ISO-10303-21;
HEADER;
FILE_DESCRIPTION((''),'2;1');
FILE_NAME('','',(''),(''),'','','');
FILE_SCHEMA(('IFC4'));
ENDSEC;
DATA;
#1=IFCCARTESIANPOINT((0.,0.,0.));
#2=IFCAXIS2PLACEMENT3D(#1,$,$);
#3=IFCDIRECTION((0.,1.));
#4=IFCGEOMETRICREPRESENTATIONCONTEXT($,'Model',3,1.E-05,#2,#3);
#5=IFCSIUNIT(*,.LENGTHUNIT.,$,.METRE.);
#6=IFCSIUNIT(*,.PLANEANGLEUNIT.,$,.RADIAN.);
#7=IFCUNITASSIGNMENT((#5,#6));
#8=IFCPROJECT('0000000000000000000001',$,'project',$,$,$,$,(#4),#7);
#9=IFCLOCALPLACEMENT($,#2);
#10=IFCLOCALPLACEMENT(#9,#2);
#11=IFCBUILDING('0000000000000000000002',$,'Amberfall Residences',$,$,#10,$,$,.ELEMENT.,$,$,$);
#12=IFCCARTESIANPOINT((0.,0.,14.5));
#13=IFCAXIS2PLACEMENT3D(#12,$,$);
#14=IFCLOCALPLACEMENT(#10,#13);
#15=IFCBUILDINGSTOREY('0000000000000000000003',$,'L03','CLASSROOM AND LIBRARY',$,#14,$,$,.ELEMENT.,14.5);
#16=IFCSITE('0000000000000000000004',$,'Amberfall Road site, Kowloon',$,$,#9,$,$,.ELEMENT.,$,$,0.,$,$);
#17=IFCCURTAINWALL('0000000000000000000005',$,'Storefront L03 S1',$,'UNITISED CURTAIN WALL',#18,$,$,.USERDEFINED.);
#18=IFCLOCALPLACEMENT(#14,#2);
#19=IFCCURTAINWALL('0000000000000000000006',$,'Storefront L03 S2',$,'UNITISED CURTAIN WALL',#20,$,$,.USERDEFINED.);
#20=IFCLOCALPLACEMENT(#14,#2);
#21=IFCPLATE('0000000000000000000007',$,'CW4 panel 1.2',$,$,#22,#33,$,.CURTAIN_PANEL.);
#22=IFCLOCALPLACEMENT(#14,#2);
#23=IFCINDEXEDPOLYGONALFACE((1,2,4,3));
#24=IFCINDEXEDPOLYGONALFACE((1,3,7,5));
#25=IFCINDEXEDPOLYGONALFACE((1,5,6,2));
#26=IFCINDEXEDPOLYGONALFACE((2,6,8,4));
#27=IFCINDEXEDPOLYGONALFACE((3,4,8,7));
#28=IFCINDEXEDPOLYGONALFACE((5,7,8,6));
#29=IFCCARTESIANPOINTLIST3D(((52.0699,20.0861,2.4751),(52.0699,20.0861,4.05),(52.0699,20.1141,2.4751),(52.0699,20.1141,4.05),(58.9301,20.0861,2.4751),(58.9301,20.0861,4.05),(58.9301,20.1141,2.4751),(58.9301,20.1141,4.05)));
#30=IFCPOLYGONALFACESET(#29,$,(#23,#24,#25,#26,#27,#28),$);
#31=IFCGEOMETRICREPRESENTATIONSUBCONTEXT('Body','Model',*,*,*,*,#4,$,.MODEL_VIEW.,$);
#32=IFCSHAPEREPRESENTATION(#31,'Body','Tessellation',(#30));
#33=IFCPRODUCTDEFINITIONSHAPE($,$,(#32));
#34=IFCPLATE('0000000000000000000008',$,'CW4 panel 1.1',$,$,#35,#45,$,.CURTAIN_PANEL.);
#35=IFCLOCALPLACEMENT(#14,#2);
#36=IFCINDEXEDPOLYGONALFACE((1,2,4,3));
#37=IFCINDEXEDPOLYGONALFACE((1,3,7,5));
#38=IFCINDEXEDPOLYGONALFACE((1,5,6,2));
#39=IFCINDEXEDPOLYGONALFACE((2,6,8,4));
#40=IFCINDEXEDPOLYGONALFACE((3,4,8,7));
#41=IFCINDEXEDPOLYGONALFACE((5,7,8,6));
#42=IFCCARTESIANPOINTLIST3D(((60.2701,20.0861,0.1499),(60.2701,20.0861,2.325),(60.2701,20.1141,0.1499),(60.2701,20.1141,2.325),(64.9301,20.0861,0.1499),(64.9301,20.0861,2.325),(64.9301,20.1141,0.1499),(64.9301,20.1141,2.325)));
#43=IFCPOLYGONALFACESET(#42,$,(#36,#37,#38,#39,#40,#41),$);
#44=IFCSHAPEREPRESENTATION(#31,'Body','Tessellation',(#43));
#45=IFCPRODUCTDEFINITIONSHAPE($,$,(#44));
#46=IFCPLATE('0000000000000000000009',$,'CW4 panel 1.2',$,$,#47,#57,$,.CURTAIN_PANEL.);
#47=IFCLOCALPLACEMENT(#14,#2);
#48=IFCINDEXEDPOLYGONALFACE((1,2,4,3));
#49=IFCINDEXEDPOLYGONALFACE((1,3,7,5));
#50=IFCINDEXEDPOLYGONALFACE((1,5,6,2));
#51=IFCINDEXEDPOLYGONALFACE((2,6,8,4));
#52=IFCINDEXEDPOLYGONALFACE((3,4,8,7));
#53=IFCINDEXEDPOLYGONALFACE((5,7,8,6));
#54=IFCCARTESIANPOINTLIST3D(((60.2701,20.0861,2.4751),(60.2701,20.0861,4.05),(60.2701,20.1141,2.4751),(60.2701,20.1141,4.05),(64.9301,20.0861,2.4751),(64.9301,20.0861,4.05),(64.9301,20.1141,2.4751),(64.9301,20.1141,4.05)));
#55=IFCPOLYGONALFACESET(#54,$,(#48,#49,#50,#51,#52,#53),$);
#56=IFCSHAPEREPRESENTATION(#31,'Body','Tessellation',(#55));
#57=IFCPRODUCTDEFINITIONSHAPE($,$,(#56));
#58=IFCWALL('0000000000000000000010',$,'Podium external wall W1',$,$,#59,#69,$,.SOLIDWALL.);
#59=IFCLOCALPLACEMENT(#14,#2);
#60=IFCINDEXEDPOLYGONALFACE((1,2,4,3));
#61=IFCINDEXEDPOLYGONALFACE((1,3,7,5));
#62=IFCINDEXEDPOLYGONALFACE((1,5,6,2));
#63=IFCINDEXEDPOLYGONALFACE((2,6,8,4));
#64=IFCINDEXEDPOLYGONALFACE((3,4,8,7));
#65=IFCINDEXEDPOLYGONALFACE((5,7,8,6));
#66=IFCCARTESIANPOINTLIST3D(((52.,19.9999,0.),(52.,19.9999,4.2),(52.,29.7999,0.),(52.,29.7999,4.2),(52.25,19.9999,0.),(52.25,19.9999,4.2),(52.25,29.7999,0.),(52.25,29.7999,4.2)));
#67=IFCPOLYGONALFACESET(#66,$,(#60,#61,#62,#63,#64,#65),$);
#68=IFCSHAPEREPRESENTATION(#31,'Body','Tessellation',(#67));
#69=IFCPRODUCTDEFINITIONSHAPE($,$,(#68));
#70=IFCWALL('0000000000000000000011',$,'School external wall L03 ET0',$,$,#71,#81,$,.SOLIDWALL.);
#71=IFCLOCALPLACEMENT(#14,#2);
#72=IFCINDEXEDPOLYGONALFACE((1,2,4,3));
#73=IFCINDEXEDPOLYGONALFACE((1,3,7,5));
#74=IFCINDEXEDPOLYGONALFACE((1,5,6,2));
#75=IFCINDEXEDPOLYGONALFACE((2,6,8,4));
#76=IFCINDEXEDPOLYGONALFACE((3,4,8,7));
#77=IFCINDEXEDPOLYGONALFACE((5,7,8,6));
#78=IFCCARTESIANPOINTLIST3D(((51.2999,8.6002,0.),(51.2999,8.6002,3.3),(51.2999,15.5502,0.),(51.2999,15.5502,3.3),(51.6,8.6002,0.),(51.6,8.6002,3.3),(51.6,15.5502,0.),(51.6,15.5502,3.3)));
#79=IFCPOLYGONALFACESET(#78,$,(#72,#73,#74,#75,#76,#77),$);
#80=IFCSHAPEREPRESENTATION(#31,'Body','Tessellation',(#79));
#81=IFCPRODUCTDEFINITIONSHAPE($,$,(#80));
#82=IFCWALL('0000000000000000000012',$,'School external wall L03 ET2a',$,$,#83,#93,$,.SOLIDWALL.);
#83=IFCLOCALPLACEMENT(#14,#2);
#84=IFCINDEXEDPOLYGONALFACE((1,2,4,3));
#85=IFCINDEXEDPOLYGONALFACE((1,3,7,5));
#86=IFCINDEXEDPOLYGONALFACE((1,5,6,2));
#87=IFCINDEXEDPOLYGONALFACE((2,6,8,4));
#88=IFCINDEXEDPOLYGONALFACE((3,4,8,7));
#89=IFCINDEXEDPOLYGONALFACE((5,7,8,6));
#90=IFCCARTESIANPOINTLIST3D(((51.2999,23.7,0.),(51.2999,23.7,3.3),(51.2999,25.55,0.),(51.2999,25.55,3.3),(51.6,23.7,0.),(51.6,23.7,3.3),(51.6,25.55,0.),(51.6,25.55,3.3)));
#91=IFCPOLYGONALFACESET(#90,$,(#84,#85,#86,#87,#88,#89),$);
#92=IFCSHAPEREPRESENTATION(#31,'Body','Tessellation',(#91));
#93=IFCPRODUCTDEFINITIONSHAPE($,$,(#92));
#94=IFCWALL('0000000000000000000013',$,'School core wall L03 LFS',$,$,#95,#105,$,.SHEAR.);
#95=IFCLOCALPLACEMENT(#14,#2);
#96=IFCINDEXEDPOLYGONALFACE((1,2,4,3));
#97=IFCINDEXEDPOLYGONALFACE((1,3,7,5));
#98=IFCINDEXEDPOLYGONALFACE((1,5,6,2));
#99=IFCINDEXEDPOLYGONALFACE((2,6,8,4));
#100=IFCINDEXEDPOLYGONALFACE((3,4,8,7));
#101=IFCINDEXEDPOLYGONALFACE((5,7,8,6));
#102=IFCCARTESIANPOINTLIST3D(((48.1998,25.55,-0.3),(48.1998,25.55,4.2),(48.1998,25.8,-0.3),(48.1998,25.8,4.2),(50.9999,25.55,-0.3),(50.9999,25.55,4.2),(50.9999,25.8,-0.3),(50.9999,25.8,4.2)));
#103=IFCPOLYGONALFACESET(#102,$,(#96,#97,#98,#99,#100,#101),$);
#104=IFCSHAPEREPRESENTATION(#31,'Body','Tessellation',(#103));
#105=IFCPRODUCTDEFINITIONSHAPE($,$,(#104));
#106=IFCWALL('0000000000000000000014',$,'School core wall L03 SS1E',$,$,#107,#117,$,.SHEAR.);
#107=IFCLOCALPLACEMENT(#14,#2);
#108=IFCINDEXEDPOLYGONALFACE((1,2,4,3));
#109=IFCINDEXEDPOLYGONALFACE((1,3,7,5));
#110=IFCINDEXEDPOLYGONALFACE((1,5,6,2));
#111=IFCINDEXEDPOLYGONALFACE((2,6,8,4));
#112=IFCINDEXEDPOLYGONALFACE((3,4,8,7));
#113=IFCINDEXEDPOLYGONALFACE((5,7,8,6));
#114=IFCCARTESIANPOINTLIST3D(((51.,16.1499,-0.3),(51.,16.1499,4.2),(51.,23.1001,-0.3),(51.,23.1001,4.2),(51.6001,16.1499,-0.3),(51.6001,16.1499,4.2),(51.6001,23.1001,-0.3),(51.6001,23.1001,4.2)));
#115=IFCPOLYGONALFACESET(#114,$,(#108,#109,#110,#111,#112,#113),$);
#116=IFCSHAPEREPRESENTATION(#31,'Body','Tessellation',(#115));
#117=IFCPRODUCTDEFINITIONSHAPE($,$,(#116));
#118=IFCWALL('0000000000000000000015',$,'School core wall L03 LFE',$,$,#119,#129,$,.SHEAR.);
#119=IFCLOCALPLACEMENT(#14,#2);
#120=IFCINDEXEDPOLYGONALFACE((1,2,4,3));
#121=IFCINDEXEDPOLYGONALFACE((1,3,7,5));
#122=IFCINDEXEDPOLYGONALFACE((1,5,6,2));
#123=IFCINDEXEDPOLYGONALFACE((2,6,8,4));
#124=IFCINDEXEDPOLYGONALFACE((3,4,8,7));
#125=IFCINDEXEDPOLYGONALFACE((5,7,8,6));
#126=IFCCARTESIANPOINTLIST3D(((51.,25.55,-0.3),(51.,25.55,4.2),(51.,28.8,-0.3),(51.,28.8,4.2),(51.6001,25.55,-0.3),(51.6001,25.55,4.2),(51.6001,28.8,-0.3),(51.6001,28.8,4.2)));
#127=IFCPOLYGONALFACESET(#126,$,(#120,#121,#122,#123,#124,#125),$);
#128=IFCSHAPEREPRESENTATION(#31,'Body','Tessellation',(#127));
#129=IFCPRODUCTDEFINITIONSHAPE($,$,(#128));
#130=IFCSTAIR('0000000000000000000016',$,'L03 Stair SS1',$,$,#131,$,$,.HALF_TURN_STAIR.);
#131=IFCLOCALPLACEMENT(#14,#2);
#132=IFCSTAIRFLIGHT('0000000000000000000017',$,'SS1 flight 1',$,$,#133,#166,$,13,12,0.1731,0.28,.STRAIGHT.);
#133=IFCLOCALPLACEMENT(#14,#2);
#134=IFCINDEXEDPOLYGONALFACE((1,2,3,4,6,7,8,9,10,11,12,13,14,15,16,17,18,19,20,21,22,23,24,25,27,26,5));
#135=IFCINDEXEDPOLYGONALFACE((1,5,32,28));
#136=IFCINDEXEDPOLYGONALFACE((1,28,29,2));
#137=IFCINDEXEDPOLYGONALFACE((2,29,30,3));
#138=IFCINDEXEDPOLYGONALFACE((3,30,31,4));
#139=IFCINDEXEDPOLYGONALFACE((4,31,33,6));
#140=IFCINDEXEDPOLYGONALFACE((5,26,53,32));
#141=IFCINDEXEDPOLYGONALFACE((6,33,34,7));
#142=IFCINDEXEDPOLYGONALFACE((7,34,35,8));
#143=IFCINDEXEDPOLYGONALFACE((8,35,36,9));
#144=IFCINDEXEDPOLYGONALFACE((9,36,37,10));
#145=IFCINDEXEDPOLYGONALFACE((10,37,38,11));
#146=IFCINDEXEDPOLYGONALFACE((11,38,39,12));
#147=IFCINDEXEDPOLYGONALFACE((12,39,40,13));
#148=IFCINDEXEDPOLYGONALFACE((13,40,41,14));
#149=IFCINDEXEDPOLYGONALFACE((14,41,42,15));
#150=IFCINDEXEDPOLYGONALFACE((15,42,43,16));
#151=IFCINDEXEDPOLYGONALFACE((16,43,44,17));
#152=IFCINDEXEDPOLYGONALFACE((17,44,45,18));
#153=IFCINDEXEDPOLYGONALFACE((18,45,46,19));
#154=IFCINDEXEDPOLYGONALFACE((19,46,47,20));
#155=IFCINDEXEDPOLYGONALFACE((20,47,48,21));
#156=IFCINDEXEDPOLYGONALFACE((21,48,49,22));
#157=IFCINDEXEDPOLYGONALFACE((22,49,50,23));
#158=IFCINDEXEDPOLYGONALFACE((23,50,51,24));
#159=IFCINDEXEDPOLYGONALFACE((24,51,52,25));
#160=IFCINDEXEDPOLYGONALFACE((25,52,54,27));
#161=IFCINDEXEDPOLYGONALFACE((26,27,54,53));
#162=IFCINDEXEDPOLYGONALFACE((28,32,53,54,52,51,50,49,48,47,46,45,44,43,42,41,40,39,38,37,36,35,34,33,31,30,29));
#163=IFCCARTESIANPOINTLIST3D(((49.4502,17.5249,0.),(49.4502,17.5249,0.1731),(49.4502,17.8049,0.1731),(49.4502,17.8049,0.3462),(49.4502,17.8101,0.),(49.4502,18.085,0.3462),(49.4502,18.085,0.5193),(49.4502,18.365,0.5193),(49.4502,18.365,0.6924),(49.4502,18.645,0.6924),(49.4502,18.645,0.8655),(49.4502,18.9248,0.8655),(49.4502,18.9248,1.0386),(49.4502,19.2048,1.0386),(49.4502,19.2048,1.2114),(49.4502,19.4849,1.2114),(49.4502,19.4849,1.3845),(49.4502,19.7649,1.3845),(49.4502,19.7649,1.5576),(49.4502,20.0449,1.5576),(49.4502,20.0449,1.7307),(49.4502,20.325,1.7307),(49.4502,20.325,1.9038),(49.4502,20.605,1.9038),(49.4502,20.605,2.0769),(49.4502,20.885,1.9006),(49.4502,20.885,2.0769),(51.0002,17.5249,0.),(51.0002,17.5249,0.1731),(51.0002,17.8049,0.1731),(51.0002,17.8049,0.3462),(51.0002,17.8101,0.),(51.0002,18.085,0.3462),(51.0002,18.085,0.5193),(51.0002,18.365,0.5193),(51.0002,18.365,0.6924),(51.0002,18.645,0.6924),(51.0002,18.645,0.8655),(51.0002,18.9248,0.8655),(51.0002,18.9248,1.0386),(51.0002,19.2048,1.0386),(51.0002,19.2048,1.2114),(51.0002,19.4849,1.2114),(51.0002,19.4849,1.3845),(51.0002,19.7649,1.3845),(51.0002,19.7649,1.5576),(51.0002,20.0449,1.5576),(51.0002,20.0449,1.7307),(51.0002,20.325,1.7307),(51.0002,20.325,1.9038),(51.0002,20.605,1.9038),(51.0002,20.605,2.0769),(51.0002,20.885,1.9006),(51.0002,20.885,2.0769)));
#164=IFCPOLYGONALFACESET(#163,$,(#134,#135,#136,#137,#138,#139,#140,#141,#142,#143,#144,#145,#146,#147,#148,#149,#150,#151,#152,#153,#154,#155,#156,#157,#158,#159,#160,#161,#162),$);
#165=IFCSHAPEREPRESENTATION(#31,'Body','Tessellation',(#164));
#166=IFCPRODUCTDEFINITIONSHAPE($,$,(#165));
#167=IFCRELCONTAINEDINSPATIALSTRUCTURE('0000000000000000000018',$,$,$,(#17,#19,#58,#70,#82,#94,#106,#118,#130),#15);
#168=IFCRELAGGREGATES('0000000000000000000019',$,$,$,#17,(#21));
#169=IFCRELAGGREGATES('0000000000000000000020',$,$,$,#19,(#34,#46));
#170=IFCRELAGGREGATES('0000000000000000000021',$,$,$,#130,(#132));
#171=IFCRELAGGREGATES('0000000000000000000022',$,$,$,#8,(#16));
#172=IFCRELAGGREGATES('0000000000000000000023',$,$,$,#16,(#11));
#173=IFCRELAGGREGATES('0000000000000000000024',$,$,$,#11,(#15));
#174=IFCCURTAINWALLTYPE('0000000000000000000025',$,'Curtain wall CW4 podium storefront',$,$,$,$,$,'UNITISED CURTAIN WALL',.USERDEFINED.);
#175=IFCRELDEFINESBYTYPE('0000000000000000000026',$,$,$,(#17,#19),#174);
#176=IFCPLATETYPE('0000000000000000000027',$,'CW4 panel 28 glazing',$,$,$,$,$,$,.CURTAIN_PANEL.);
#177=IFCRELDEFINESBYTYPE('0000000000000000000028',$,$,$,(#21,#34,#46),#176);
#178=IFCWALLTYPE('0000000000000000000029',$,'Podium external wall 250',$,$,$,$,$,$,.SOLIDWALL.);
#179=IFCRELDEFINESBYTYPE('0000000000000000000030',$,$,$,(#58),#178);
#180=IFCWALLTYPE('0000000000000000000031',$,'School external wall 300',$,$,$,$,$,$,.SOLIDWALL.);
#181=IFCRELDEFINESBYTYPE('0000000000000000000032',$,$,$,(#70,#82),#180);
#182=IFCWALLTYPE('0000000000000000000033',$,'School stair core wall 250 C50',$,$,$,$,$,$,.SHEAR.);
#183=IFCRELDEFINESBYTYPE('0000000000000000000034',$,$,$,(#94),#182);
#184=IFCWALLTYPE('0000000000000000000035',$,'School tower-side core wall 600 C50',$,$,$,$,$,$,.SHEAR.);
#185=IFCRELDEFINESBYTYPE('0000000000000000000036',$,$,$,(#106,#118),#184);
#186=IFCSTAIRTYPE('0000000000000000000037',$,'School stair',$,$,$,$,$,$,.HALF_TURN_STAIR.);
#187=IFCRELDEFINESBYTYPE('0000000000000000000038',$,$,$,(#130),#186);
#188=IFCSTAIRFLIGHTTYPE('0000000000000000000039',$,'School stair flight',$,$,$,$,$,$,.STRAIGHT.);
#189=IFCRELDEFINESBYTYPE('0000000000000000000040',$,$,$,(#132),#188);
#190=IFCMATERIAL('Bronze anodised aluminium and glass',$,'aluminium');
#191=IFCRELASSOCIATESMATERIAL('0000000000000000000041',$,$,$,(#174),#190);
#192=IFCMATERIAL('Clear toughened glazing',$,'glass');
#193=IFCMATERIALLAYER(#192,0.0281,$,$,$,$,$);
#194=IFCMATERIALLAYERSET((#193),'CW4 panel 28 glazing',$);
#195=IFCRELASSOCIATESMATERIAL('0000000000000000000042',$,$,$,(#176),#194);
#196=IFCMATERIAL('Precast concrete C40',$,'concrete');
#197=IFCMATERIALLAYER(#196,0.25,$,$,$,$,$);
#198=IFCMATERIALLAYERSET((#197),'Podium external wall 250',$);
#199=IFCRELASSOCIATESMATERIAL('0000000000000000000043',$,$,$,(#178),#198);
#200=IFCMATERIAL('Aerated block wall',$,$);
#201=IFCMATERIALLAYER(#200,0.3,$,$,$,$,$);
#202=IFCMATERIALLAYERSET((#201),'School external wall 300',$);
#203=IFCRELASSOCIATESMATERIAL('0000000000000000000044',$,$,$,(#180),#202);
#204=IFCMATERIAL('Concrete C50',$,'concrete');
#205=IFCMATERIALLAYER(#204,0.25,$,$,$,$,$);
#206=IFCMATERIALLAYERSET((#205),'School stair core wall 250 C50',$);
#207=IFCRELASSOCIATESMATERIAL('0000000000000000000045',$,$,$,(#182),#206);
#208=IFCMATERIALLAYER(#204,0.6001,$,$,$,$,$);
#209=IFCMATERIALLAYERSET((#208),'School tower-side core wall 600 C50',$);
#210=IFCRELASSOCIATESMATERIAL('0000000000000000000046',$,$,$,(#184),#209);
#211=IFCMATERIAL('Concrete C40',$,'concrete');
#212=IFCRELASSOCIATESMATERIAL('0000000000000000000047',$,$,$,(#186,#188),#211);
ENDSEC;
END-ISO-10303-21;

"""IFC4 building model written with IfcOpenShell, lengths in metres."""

from ifc_helpers import new_model, si_unit, direction, frame, frame_2d, origin, origin_2d, place, context, subcontext, project, spatial, polyline, rectangle, outline, extrude, material, layer, layer_set, type_object, element, aggregate, save


model = new_model("IFC4")

# Units and contexts
model_context = context("Model", 3, precision=1e-05, world=origin(), true_north=direction((0.0, 1.0)))
body_context = subcontext(model_context, "Body", "Model", "MODEL_VIEW")
ifc_project = project(units=[si_unit("LENGTHUNIT", "METRE"), si_unit("PLANEANGLEUNIT", "RADIAN")], contexts=[model_context])

# Site, building, storey
site_placement = place(None, origin())
site = spatial("IfcSite", under=ifc_project, at=site_placement, Name="Amberfall Road site, Kowloon", CompositionType="ELEMENT", RefElevation=0.0)
building_placement = place(site_placement, origin())
building = spatial("IfcBuilding", under=site, at=building_placement, Name="Amberfall Residences", CompositionType="ELEMENT")
storey_placement = place(building_placement, frame((0.0, 0.0, 14.5)))
storey = spatial("IfcBuildingStorey", under=building, at=storey_placement, Name="L03", Description="CLASSROOM AND LIBRARY", CompositionType="ELEMENT", Elevation=14.5)

# Shared definitions
ifc_material_1 = material(Name="Concrete C40", Category="concrete")

# Curtain walls
ifc_material_2 = material(Name="Bronze anodised aluminium and glass", Category="aluminium")
curtain_wall_type = type_object("IfcCurtainWallType", Name="Curtain wall CW4 podium storefront", ElementType="UNITISED CURTAIN WALL", PredefinedType="USERDEFINED", material=ifc_material_2)
curtain_wall_1_placement = place(storey_placement, origin())
curtain_wall_1 = element("IfcCurtainWall", 1, at=curtain_wall_1_placement, inside=storey, type_object=curtain_wall_type, Name="Storefront L03 S1", ObjectType="UNITISED CURTAIN WALL", PredefinedType="USERDEFINED")
curtain_wall_2_placement = place(storey_placement, origin())
curtain_wall_2 = element("IfcCurtainWall", 2, at=curtain_wall_2_placement, inside=storey, type_object=curtain_wall_type, Name="Storefront L03 S2", ObjectType="UNITISED CURTAIN WALL", PredefinedType="USERDEFINED")

# Plates
ifc_material_3 = material(Name="Clear toughened glazing", Category="glass")
ifc_layer_1 = layer(ifc_material_3, 0.0281)
ifc_layer_set_1 = layer_set([ifc_layer_1], Name="CW4 panel 28 glazing")
plate_type = type_object("IfcPlateType", Name="CW4 panel 28 glazing", PredefinedType="CURTAIN_PANEL", material=ifc_layer_set_1)
plate_1_placement = place(storey_placement, frame((55.5, 20.1001, 2.4751), z_axis=(0.0, 0.0, 1.0), x_axis=(1.0, 0.0, 0.0)))
plate_1 = element("IfcPlate", 3, at=plate_1_placement, type_object=plate_type, Name="CW4 panel 1.2", PredefinedType="CURTAIN_PANEL", context=body_context, shape_type="SweptSolid", body=[
    extrude(rectangle(XDim=6.8601, YDim=0.0281, at=origin_2d()), origin(), (0.0, 0.0, 1.0), 1.575),
])
aggregate(curtain_wall_1, [plate_1])
plate_2_placement = place(storey_placement, frame((62.6001, 20.1001, 0.1499), z_axis=(0.0, 0.0, 1.0), x_axis=(1.0, 0.0, 0.0)))
plate_2 = element("IfcPlate", 4, at=plate_2_placement, type_object=plate_type, Name="CW4 panel 1.1", PredefinedType="CURTAIN_PANEL", context=body_context, shape_type="SweptSolid", body=[
    extrude(rectangle(XDim=4.6599, YDim=0.0281, at=origin_2d()), origin(), (0.0, 0.0, 1.0), 2.175),
])
plate_3_placement = place(storey_placement, frame((62.6001, 20.1001, 2.4751), z_axis=(0.0, 0.0, 1.0), x_axis=(1.0, 0.0, 0.0)))
plate_3 = element("IfcPlate", 5, at=plate_3_placement, type_object=plate_type, Name="CW4 panel 1.2", PredefinedType="CURTAIN_PANEL", context=body_context, shape_type="SweptSolid", body=[
    extrude(rectangle(XDim=4.6599, YDim=0.0281, at=origin_2d()), origin(), (0.0, 0.0, 1.0), 1.575),
])
aggregate(curtain_wall_2, [plate_2, plate_3])

# Walls
ifc_material_4 = material(Name="Precast concrete C40", Category="concrete")
ifc_layer_2 = layer(ifc_material_4, 0.25)
ifc_layer_set_2 = layer_set([ifc_layer_2], Name="Podium external wall 250")
wall_type_1 = type_object("IfcWallType", Name="Podium external wall 250", PredefinedType="SOLIDWALL", material=ifc_layer_set_2)
wall_1_placement = place(storey_placement, frame((52.125, 20.0, 0.0), z_axis=(0.0, 0.0, 1.0), x_axis=(0.0, 1.0, 0.0)))
element("IfcWall", 6, at=wall_1_placement, inside=storey, type_object=wall_type_1, Name="Podium external wall W1", PredefinedType="SOLIDWALL", context=body_context, shape_type="SweptSolid", body=[
    extrude(rectangle(XDim=9.8, YDim=0.25, at=frame_2d((4.8999, 0.0))), origin(), (0.0, 0.0, 1.0), 4.2),
])
ifc_material_5 = material(Name="Aerated block wall")
ifc_layer_3 = layer(ifc_material_5, 0.3)
ifc_layer_set_3 = layer_set([ifc_layer_3], Name="School external wall 300")
wall_type_2 = type_object("IfcWallType", Name="School external wall 300", PredefinedType="SOLIDWALL", material=ifc_layer_set_3)
wall_2_placement = place(storey_placement, frame((51.45, 8.6001, 0.0), z_axis=(0.0, 0.0, 1.0), x_axis=(0.0, 1.0, 0.0)))
element("IfcWall", 7, at=wall_2_placement, inside=storey, type_object=wall_type_2, Name="School external wall L03 ET0", PredefinedType="SOLIDWALL", context=body_context, shape_type="SweptSolid", body=[
    extrude(rectangle(XDim=6.95, YDim=0.3, at=frame_2d((3.4751, 0.0))), origin(), (0.0, 0.0, 1.0), 3.3),
])
wall_3_placement = place(storey_placement, frame((51.45, 23.7, 0.0), z_axis=(0.0, 0.0, 1.0), x_axis=(0.0, 1.0, 0.0)))
element("IfcWall", 8, at=wall_3_placement, inside=storey, type_object=wall_type_2, Name="School external wall L03 ET2a", PredefinedType="SOLIDWALL", context=body_context, shape_type="SweptSolid", body=[
    extrude(rectangle(XDim=1.8501, YDim=0.3, at=frame_2d((0.925, 0.0))), origin(), (0.0, 0.0, 1.0), 3.3),
])
ifc_material_6 = material(Name="Concrete C50", Category="concrete")
ifc_layer_4 = layer(ifc_material_6, 0.25)
ifc_layer_set_4 = layer_set([ifc_layer_4], Name="School stair core wall 250 C50")
wall_type_3 = type_object("IfcWallType", Name="School stair core wall 250 C50", PredefinedType="SHEAR", material=ifc_layer_set_4)
wall_4_placement = place(storey_placement, frame((48.2, 25.675, -0.3), z_axis=(0.0, 0.0, 1.0), x_axis=(1.0, 0.0, 0.0)))
element("IfcWall", 9, at=wall_4_placement, inside=storey, type_object=wall_type_3, Name="School core wall L03 LFS", PredefinedType="SHEAR", context=body_context, shape_type="SweptSolid", body=[
    extrude(rectangle(XDim=2.8, YDim=0.25, at=frame_2d((1.3999, 0.0))), origin(), (0.0, 0.0, 1.0), 4.5),
])
ifc_layer_5 = layer(ifc_material_6, 0.6001)
ifc_layer_set_5 = layer_set([ifc_layer_5], Name="School tower-side core wall 600 C50")
wall_type_4 = type_object("IfcWallType", Name="School tower-side core wall 600 C50", PredefinedType="SHEAR", material=ifc_layer_set_5)
wall_5_placement = place(storey_placement, frame((51.3, 16.1499, -0.3), z_axis=(0.0, 0.0, 1.0), x_axis=(0.0, 1.0, 0.0)))
element("IfcWall", 10, at=wall_5_placement, inside=storey, type_object=wall_type_4, Name="School core wall L03 SS1E", PredefinedType="SHEAR", context=body_context, shape_type="SweptSolid", body=[
    extrude(rectangle(XDim=6.9502, YDim=0.6001, at=frame_2d((3.4751, 0.0))), origin(), (0.0, 0.0, 1.0), 4.5),
])
wall_6_placement = place(storey_placement, frame((51.3, 25.55, -0.3), z_axis=(0.0, 0.0, 1.0), x_axis=(0.0, 1.0, 0.0)))
element("IfcWall", 11, at=wall_6_placement, inside=storey, type_object=wall_type_4, Name="School core wall L03 LFE", PredefinedType="SHEAR", context=body_context, shape_type="SweptSolid", body=[
    extrude(rectangle(XDim=3.25, YDim=0.6001, at=frame_2d((1.625, 0.0))), origin(), (0.0, 0.0, 1.0), 4.5),
])

# Stair, stair flight
stair_type = type_object("IfcStairType", Name="School stair", PredefinedType="HALF_TURN_STAIR", material=ifc_material_1)
stair_placement = place(storey_placement, origin())
stair = element("IfcStair", 12, at=stair_placement, inside=storey, type_object=stair_type, Name="L03 Stair SS1", PredefinedType="HALF_TURN_STAIR")
stair_flight_type = type_object("IfcStairFlightType", Name="School stair flight", PredefinedType="STRAIGHT", material=ifc_material_1)
stair_flight_1_placement = place(storey_placement, frame((50.2251, 17.5249, 0.0), z_axis=(0.0, 0.0, 1.0), x_axis=(0.0, 1.0, 0.0)))
stair_flight_1 = element("IfcStairFlight", 13, at=stair_flight_1_placement, type_object=stair_flight_type, Name="SS1 flight 1", NumberOfRisers=13, NumberOfTreads=12, PredefinedType="STRAIGHT", RiserHeight=0.1731, TreadLength=0.28, context=body_context, shape_type="SweptSolid", body=[
    extrude(outline(polyline([(0.0, 0.0), (0.0, 0.1731), (0.28, 0.1731), (0.28, 0.3462), (0.5601, 0.3462), (0.5601, 0.5193), (0.8401, 0.5193), (0.8401, 0.6924), (1.1201, 0.6924), (1.1201, 0.8655), (1.3999, 0.8655), (1.3999, 1.0386), (1.6799, 1.0386), (1.6799, 1.2114), (1.96, 1.2114), (1.96, 1.3845), (2.24, 1.3845), (2.24, 1.5576), (2.52, 1.5576), (2.52, 1.7307), (2.8, 1.7307), (2.8, 1.9038), (3.0801, 1.9038), (3.0801, 2.0769), (3.3601, 2.0769), (3.3601, 2.25), (3.3601, 1.9006), (0.2852, 0.0), (0.0, 0.0)])), frame((0.0, 0.7749, 0.0), z_axis=(0.0, -1.0, 0.0), x_axis=(1.0, 0.0, 0.0)), (0.0, 0.0, 1.0), 1.55),
])
aggregate(stair, [stair_flight_1])

save(model, "model.ifc")
